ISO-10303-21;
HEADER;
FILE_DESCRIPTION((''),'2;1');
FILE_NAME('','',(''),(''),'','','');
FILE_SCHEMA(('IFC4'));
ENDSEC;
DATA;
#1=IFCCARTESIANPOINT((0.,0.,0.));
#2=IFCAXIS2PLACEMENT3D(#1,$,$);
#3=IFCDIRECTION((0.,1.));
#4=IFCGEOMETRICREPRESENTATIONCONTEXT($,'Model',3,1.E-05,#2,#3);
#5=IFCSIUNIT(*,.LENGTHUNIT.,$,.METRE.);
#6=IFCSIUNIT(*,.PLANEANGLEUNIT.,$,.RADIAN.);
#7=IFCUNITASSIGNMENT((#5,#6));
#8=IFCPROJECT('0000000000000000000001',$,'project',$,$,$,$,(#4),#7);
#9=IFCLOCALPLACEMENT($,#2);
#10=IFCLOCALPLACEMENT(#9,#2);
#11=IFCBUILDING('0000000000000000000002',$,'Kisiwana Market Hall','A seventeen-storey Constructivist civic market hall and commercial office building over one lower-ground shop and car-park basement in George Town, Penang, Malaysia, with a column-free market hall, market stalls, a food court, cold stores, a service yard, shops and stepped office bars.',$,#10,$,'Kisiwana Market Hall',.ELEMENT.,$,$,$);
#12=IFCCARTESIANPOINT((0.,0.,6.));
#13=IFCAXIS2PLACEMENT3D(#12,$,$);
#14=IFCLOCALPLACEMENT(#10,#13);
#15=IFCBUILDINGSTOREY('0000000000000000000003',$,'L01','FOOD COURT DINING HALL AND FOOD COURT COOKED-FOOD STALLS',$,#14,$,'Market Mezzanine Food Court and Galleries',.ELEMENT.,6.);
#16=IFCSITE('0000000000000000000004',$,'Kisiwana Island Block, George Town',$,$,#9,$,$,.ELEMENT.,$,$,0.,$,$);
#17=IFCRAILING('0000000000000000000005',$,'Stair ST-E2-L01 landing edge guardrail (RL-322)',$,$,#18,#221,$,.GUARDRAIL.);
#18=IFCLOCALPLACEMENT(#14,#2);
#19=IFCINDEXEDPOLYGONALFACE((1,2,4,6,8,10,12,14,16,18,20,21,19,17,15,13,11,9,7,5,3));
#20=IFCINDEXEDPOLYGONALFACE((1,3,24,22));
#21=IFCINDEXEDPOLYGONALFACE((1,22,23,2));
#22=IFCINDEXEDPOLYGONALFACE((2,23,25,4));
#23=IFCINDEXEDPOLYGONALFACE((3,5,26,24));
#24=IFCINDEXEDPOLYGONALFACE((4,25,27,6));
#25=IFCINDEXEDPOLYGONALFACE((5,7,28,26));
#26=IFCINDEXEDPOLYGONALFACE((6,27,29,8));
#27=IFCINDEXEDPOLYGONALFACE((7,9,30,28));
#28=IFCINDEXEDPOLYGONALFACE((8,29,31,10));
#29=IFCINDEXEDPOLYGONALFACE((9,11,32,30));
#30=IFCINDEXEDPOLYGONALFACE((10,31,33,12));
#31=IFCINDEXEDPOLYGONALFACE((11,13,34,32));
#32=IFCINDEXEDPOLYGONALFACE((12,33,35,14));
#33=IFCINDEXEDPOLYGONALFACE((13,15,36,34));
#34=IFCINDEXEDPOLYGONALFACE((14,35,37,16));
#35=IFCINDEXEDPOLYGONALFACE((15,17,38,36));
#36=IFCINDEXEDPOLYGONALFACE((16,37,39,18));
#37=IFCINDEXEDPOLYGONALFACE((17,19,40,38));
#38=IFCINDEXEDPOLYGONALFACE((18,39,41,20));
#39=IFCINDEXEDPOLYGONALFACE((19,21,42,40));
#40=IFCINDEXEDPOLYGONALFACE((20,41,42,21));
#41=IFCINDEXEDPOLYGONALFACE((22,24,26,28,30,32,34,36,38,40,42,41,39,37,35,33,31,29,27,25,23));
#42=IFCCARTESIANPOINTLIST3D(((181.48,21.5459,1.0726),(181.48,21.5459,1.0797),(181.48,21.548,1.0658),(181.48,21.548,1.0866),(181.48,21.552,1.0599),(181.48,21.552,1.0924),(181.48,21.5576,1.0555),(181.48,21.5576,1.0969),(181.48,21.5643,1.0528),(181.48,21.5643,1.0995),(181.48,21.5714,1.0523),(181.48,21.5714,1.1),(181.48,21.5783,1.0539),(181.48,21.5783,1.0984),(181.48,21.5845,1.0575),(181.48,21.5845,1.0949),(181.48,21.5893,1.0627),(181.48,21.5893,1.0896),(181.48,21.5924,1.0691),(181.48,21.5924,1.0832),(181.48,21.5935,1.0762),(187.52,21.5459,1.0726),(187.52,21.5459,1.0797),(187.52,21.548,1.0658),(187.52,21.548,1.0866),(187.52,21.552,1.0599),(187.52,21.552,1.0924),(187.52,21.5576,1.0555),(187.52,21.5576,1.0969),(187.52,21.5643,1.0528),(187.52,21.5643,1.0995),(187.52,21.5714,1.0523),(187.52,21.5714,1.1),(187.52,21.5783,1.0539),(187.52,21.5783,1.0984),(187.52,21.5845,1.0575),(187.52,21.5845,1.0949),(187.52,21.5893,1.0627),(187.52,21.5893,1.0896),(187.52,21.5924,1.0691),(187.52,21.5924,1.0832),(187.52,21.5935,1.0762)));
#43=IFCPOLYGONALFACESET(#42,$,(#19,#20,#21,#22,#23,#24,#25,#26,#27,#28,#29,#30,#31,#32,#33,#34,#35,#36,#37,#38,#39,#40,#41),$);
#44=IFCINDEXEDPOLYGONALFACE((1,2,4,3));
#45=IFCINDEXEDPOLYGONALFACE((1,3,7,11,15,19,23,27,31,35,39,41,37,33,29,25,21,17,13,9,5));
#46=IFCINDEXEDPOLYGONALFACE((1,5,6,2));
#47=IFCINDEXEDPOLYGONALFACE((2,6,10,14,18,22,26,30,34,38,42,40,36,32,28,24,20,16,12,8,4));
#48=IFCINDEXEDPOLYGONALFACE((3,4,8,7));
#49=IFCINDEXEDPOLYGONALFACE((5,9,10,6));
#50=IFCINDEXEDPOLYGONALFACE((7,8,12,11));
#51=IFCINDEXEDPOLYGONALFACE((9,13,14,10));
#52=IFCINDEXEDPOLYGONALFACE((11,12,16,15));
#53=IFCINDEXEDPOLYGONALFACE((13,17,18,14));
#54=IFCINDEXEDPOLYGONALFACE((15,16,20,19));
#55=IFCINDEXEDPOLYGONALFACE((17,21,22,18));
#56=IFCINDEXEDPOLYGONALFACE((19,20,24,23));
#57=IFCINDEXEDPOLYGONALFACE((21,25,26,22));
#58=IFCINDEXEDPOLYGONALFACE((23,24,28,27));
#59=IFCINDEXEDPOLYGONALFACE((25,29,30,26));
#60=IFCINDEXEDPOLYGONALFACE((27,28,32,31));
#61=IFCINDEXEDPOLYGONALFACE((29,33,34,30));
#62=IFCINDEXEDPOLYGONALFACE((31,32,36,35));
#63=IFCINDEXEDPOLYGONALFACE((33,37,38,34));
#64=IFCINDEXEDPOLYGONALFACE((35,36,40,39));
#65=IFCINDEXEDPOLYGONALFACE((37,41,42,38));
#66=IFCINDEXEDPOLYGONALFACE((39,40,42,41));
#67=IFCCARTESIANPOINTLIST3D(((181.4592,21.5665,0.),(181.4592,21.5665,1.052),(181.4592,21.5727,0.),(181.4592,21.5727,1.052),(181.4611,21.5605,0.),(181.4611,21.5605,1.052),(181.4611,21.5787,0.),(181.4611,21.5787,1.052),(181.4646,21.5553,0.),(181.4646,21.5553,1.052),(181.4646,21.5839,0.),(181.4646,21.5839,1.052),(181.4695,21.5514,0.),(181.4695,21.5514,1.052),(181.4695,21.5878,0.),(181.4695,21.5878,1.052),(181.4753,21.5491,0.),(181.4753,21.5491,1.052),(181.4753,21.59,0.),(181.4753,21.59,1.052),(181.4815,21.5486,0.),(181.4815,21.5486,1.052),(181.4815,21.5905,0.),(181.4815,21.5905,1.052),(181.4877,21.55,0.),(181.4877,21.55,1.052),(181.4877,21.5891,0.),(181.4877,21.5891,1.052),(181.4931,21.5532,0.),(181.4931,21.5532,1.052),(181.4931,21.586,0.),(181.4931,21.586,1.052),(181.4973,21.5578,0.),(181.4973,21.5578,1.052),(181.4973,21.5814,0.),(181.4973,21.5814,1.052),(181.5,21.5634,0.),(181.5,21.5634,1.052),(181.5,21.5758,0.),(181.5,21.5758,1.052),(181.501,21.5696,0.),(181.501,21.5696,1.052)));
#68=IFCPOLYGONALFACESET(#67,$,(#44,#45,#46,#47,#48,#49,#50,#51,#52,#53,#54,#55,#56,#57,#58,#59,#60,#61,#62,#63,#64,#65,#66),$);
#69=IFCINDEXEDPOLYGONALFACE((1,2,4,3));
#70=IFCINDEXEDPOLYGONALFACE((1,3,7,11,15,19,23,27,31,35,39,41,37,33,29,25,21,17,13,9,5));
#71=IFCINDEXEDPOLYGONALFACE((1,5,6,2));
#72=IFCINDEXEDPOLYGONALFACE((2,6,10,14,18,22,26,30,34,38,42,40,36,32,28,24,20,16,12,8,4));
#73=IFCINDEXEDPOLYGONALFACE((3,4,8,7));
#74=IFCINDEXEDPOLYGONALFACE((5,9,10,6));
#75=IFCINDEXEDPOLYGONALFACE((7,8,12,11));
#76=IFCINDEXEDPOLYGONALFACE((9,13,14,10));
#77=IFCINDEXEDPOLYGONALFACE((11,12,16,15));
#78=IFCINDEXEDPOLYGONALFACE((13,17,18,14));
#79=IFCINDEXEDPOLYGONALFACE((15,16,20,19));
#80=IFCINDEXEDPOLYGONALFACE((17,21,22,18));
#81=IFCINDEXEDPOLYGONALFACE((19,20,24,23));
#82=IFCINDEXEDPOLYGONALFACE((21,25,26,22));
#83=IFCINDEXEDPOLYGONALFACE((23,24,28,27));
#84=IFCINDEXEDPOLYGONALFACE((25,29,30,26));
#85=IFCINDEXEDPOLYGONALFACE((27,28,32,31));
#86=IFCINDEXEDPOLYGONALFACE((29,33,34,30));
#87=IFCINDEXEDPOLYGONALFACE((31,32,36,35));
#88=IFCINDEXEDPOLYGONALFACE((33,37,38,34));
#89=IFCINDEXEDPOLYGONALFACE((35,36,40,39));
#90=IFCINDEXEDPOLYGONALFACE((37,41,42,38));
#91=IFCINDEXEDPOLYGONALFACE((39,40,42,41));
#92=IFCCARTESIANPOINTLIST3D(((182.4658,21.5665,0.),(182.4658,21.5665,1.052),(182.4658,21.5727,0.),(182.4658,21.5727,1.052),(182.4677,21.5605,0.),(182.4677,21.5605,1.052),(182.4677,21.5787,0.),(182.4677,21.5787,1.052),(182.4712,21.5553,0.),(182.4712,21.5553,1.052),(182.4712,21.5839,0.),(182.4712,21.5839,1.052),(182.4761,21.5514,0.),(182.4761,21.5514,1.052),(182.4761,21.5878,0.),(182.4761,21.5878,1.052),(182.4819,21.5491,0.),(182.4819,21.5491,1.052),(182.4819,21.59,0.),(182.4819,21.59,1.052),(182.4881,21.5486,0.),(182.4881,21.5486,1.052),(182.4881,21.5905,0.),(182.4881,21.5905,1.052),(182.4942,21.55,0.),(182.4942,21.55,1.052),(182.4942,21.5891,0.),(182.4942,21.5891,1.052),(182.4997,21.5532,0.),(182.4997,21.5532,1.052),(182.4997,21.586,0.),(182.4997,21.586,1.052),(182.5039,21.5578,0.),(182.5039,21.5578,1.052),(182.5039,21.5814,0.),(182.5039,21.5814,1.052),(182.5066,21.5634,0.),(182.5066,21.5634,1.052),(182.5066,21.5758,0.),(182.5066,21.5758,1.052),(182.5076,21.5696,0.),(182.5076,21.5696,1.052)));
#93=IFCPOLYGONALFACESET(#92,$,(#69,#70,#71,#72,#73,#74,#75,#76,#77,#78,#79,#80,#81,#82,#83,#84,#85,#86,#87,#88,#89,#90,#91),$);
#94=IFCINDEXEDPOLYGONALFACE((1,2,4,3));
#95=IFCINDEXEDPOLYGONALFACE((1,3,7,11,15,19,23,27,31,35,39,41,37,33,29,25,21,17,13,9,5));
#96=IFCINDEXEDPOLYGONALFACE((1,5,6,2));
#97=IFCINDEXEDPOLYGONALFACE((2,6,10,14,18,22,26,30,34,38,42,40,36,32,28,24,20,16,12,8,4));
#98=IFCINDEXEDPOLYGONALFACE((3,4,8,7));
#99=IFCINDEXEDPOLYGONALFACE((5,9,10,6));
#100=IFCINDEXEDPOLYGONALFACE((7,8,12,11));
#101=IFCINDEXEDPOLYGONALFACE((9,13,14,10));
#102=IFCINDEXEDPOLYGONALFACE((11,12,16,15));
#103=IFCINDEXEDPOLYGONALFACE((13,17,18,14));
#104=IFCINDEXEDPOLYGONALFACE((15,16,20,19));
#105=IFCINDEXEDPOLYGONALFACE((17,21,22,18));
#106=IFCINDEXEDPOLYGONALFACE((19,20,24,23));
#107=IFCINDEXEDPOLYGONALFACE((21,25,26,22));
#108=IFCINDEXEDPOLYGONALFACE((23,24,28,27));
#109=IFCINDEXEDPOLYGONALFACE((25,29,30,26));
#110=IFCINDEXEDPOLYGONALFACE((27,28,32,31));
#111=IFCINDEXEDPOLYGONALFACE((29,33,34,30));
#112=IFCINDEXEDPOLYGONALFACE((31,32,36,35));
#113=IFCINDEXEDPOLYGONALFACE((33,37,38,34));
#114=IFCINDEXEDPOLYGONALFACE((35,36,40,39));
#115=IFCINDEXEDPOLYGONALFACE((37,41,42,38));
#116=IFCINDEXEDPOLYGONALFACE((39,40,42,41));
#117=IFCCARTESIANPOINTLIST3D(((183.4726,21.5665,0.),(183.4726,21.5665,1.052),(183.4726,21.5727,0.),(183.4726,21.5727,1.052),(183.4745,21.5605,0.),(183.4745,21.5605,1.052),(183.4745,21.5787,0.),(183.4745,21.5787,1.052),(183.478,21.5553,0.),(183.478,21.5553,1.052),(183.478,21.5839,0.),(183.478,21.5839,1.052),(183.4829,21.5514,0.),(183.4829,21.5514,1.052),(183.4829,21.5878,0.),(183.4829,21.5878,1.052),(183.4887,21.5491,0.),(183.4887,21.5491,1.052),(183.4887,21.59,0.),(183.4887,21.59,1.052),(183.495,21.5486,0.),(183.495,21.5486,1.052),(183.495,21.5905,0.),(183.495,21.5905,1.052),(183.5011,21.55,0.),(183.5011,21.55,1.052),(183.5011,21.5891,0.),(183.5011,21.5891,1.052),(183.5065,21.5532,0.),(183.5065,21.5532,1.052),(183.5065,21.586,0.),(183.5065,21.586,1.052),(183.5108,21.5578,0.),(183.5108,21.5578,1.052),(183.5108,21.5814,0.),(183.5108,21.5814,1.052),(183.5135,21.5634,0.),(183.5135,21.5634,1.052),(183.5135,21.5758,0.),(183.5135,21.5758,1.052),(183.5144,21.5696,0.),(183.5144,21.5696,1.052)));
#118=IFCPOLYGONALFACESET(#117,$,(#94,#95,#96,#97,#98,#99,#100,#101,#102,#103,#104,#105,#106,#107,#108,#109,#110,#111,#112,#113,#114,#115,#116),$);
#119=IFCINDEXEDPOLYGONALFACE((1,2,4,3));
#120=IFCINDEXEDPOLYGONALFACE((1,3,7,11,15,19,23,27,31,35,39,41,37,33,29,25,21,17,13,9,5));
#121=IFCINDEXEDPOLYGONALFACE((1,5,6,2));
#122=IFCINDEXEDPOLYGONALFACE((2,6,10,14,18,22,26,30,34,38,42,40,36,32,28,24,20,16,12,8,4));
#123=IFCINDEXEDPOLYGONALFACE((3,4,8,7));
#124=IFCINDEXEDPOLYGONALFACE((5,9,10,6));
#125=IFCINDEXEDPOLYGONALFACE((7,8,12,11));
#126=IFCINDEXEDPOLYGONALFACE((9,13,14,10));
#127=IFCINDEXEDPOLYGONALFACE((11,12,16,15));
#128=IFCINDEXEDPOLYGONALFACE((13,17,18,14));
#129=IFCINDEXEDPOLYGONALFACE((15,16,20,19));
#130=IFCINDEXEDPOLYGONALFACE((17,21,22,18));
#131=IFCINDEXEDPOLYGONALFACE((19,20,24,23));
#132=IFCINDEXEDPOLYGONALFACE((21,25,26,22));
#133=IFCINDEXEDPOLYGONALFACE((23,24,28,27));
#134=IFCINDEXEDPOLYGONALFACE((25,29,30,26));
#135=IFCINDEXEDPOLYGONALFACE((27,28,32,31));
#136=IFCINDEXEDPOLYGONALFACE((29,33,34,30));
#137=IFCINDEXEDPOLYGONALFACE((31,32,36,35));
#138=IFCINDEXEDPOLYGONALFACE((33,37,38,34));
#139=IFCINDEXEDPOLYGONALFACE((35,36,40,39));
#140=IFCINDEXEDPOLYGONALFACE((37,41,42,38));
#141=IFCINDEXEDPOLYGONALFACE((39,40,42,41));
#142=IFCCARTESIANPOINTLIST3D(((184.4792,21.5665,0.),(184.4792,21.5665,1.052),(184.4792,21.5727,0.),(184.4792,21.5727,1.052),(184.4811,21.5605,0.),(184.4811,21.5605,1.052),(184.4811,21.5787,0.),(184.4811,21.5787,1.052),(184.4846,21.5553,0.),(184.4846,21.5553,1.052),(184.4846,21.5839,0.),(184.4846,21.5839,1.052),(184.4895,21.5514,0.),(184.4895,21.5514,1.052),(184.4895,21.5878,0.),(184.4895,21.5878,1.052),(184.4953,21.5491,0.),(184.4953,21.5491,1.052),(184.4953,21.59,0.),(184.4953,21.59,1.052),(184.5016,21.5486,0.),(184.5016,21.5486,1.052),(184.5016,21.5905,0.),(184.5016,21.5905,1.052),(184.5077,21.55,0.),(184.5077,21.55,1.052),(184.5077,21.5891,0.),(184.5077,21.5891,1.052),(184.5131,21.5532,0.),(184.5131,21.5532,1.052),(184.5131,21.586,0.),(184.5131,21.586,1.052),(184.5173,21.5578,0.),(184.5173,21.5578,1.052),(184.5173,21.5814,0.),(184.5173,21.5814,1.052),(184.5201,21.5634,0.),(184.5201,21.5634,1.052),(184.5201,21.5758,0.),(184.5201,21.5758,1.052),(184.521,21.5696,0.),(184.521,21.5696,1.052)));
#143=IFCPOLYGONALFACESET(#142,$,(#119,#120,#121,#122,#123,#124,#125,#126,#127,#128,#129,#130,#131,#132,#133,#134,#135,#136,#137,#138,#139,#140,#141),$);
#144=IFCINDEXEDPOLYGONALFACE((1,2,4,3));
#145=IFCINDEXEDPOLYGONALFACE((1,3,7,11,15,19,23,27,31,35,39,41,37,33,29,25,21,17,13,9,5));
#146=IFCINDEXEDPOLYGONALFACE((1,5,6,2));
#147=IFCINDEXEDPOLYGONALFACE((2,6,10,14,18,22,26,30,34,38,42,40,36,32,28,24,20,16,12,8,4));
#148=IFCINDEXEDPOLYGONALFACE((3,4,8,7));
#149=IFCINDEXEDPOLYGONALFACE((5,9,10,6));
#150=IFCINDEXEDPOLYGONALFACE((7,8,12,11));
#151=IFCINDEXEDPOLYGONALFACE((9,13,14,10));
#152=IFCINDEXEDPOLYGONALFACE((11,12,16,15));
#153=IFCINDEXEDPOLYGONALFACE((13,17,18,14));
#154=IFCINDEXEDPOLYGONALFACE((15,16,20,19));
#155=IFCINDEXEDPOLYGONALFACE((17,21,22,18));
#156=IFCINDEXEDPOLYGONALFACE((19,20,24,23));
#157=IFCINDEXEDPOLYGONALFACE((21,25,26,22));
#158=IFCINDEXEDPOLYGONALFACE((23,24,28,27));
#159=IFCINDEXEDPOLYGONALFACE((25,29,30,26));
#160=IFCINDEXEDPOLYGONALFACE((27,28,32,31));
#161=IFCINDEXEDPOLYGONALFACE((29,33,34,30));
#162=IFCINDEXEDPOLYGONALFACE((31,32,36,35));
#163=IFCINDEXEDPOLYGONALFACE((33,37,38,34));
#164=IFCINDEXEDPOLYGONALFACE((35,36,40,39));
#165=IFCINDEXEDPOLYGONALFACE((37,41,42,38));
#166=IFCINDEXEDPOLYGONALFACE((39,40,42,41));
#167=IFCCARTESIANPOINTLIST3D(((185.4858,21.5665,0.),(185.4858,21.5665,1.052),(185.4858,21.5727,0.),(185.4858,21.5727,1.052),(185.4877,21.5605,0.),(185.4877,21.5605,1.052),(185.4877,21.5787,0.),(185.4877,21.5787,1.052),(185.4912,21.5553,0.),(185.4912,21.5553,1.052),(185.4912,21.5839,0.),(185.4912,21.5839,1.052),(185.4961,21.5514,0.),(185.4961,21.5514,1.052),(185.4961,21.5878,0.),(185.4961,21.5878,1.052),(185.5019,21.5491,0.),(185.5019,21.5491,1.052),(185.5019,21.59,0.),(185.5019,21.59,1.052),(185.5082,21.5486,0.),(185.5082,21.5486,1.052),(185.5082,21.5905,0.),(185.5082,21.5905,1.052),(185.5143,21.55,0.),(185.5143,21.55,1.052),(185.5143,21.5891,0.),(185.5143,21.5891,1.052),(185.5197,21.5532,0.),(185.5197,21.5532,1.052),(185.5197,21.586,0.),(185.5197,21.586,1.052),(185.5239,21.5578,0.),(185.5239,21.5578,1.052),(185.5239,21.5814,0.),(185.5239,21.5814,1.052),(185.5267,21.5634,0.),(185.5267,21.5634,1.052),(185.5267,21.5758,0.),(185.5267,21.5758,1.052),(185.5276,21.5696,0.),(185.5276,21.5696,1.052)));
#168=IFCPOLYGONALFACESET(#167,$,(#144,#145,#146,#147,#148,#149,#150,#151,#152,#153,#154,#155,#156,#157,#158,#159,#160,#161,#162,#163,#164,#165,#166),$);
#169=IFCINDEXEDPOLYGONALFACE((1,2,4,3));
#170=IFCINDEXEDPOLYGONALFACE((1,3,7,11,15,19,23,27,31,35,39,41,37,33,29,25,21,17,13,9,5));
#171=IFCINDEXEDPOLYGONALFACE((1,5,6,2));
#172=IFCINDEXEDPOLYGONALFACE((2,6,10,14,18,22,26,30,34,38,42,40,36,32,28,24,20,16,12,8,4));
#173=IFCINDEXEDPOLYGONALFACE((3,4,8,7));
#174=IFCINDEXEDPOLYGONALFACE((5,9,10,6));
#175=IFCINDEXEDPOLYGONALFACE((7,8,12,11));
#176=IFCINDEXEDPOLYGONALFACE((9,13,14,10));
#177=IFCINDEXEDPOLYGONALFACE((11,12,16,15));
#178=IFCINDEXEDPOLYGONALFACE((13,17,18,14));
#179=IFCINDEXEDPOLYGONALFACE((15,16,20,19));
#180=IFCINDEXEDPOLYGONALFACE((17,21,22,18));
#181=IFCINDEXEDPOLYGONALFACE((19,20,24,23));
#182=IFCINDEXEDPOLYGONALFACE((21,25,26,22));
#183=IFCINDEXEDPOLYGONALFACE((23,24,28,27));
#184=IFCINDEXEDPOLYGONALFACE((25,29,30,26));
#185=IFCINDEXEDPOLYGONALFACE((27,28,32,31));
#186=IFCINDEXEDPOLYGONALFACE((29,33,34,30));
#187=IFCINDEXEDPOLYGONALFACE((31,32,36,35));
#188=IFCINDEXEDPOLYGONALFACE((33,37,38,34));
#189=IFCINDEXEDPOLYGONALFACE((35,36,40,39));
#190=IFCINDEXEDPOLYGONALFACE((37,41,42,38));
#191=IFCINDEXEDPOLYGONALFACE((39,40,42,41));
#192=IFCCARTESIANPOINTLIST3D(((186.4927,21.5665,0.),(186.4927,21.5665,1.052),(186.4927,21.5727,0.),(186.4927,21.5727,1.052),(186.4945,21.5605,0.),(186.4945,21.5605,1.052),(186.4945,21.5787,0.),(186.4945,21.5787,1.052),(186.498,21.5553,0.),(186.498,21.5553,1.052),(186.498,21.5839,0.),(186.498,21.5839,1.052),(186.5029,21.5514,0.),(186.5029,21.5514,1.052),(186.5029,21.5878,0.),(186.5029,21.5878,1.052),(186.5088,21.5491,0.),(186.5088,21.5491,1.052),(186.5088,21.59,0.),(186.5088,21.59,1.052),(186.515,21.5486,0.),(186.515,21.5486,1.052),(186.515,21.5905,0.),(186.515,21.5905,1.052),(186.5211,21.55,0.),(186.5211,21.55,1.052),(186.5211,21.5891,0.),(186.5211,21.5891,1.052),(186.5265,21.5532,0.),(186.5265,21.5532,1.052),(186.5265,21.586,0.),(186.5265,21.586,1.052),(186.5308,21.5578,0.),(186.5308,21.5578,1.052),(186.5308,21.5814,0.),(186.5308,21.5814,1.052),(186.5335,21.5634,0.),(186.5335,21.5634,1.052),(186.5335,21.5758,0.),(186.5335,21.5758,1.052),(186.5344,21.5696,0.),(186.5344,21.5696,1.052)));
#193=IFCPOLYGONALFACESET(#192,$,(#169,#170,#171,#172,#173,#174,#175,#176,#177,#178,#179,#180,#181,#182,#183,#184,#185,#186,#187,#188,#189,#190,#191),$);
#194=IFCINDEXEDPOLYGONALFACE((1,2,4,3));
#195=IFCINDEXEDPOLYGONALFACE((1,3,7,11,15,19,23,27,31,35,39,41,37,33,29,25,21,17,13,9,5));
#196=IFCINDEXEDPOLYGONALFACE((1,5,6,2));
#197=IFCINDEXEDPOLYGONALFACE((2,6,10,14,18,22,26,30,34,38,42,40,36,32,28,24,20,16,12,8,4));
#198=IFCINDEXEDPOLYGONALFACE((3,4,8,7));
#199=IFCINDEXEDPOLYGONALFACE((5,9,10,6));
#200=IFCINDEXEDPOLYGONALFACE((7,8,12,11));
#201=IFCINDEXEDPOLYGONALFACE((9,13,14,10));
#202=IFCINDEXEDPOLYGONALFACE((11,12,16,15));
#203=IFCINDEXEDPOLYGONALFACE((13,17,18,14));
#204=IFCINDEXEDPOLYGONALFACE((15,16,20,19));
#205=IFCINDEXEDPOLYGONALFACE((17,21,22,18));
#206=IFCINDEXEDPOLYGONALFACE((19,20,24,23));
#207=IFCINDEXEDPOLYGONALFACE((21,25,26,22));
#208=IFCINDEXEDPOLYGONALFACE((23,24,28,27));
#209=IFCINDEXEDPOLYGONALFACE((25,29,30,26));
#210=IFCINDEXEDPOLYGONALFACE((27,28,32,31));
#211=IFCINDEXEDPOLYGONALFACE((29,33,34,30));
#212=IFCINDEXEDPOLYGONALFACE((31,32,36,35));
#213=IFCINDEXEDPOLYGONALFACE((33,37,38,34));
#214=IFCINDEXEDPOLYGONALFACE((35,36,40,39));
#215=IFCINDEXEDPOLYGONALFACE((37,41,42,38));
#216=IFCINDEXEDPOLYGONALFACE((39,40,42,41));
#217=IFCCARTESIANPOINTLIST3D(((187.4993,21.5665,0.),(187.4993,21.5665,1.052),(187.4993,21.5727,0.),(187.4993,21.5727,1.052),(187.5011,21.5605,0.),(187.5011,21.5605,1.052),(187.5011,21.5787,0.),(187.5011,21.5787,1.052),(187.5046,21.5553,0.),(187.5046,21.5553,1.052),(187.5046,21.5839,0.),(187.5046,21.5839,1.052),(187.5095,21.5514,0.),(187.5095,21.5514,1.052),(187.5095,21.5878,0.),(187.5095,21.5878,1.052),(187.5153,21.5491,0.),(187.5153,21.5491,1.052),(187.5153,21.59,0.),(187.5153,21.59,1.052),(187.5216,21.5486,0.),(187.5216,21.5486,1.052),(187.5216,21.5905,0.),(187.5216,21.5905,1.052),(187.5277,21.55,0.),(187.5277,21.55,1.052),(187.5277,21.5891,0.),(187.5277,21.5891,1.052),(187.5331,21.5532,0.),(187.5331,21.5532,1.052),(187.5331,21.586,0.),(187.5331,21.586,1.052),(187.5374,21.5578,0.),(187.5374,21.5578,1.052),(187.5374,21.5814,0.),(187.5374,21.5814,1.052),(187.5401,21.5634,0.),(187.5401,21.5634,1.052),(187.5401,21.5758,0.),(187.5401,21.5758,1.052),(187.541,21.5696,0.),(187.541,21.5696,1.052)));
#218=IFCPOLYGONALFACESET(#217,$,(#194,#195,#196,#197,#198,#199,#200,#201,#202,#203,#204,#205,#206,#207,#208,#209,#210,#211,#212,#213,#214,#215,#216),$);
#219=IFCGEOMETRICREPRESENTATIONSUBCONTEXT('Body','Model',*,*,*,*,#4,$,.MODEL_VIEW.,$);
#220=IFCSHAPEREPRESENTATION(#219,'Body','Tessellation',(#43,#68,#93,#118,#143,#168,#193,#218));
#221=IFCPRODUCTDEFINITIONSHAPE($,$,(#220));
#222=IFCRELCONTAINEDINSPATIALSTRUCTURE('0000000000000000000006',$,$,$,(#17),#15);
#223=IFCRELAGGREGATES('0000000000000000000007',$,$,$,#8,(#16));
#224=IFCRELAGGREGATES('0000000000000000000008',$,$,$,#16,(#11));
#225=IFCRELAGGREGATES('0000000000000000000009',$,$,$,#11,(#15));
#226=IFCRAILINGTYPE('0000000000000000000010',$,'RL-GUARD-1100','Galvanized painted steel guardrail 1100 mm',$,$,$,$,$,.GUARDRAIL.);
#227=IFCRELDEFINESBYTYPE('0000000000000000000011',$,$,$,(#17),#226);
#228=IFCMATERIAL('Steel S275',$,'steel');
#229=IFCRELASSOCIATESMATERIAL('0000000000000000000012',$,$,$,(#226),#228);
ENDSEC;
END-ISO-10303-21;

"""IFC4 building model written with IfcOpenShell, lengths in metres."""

from ifc_helpers import new_model, si_unit, direction, frame, origin, origin_2d, place, context, subcontext, project, spatial, circle, extrude, material, type_object, element, save


model = new_model("IFC4")

# Units and contexts
model_context = context("Model", 3, precision=1e-05, world=origin(), true_north=direction((0.0, 1.0)))
body_context = subcontext(model_context, "Body", "Model", "MODEL_VIEW")
ifc_project = project(units=[si_unit("LENGTHUNIT", "METRE"), si_unit("PLANEANGLEUNIT", "RADIAN")], contexts=[model_context])

# Site, building, storey
site_placement = place(None, origin())
site = spatial("IfcSite", under=ifc_project, at=site_placement, Name="Kisiwana Island Block, George Town", CompositionType="ELEMENT", RefElevation=0.0)
building_placement = place(site_placement, origin())
building = spatial("IfcBuilding", under=site, at=building_placement, Name="Kisiwana Market Hall", Description="A seventeen-storey Constructivist civic market hall and commercial office building over one lower-ground shop and car-park basement in George Town, Penang, Malaysia, with a column-free market hall, market stalls, a food court, cold stores, a service yard, shops and stepped office bars.", LongName="Kisiwana Market Hall", CompositionType="ELEMENT")
storey_placement = place(building_placement, frame((0.0, 0.0, 6.0)))
storey = spatial("IfcBuildingStorey", under=building, at=storey_placement, Name="L01", Description="FOOD COURT DINING HALL AND FOOD COURT COOKED-FOOD STALLS", LongName="Market Mezzanine Food Court and Galleries", CompositionType="ELEMENT", Elevation=6.0)

# Railing
ifc_material_1 = material(Name="Steel S275", Category="steel")
railing_type_1 = type_object("IfcRailingType", Name="RL-GUARD-1100", Description="Galvanized painted steel guardrail 1100 mm", PredefinedType="GUARDRAIL", material=ifc_material_1)
railing_1_placement = place(storey_placement, frame((181.48, 21.5696, 0.0)))
element("IfcRailing", 1, at=railing_1_placement, inside=storey, type_object=railing_type_1, Name="Stair ST-E2-L01 landing edge guardrail (RL-322)", PredefinedType="GUARDRAIL", context=body_context, shape_type="SweptSolid", body=[
    extrude(circle(Radius=0.0239, at=origin_2d()), frame((0.0, 0.0, 1.0762), z_axis=(1.0, 0.0, 0.0), x_axis=(0.0, 1.0, 0.0)), (0.0, 0.0, 1.0), 6.04),
    extrude(circle(Radius=0.021, at=origin_2d()), origin(), (0.0, 0.0, 1.0), 1.052),
    extrude(circle(Radius=0.021, at=origin_2d()), frame((1.0066, 0.0, 0.0)), (0.0, 0.0, 1.0), 1.052),
    extrude(circle(Radius=0.021, at=origin_2d()), frame((2.0134, 0.0, 0.0)), (0.0, 0.0, 1.0), 1.052),
    extrude(circle(Radius=0.021, at=origin_2d()), frame((3.02, 0.0, 0.0)), (0.0, 0.0, 1.0), 1.052),
    extrude(circle(Radius=0.021, at=origin_2d()), frame((4.0266, 0.0, 0.0)), (0.0, 0.0, 1.0), 1.052),
    extrude(circle(Radius=0.021, at=origin_2d()), frame((5.0334, 0.0, 0.0)), (0.0, 0.0, 1.0), 1.052),
    extrude(circle(Radius=0.021, at=origin_2d()), frame((6.04, 0.0, 0.0)), (0.0, 0.0, 1.0), 1.052),
])

save(model, "model.ifc")
